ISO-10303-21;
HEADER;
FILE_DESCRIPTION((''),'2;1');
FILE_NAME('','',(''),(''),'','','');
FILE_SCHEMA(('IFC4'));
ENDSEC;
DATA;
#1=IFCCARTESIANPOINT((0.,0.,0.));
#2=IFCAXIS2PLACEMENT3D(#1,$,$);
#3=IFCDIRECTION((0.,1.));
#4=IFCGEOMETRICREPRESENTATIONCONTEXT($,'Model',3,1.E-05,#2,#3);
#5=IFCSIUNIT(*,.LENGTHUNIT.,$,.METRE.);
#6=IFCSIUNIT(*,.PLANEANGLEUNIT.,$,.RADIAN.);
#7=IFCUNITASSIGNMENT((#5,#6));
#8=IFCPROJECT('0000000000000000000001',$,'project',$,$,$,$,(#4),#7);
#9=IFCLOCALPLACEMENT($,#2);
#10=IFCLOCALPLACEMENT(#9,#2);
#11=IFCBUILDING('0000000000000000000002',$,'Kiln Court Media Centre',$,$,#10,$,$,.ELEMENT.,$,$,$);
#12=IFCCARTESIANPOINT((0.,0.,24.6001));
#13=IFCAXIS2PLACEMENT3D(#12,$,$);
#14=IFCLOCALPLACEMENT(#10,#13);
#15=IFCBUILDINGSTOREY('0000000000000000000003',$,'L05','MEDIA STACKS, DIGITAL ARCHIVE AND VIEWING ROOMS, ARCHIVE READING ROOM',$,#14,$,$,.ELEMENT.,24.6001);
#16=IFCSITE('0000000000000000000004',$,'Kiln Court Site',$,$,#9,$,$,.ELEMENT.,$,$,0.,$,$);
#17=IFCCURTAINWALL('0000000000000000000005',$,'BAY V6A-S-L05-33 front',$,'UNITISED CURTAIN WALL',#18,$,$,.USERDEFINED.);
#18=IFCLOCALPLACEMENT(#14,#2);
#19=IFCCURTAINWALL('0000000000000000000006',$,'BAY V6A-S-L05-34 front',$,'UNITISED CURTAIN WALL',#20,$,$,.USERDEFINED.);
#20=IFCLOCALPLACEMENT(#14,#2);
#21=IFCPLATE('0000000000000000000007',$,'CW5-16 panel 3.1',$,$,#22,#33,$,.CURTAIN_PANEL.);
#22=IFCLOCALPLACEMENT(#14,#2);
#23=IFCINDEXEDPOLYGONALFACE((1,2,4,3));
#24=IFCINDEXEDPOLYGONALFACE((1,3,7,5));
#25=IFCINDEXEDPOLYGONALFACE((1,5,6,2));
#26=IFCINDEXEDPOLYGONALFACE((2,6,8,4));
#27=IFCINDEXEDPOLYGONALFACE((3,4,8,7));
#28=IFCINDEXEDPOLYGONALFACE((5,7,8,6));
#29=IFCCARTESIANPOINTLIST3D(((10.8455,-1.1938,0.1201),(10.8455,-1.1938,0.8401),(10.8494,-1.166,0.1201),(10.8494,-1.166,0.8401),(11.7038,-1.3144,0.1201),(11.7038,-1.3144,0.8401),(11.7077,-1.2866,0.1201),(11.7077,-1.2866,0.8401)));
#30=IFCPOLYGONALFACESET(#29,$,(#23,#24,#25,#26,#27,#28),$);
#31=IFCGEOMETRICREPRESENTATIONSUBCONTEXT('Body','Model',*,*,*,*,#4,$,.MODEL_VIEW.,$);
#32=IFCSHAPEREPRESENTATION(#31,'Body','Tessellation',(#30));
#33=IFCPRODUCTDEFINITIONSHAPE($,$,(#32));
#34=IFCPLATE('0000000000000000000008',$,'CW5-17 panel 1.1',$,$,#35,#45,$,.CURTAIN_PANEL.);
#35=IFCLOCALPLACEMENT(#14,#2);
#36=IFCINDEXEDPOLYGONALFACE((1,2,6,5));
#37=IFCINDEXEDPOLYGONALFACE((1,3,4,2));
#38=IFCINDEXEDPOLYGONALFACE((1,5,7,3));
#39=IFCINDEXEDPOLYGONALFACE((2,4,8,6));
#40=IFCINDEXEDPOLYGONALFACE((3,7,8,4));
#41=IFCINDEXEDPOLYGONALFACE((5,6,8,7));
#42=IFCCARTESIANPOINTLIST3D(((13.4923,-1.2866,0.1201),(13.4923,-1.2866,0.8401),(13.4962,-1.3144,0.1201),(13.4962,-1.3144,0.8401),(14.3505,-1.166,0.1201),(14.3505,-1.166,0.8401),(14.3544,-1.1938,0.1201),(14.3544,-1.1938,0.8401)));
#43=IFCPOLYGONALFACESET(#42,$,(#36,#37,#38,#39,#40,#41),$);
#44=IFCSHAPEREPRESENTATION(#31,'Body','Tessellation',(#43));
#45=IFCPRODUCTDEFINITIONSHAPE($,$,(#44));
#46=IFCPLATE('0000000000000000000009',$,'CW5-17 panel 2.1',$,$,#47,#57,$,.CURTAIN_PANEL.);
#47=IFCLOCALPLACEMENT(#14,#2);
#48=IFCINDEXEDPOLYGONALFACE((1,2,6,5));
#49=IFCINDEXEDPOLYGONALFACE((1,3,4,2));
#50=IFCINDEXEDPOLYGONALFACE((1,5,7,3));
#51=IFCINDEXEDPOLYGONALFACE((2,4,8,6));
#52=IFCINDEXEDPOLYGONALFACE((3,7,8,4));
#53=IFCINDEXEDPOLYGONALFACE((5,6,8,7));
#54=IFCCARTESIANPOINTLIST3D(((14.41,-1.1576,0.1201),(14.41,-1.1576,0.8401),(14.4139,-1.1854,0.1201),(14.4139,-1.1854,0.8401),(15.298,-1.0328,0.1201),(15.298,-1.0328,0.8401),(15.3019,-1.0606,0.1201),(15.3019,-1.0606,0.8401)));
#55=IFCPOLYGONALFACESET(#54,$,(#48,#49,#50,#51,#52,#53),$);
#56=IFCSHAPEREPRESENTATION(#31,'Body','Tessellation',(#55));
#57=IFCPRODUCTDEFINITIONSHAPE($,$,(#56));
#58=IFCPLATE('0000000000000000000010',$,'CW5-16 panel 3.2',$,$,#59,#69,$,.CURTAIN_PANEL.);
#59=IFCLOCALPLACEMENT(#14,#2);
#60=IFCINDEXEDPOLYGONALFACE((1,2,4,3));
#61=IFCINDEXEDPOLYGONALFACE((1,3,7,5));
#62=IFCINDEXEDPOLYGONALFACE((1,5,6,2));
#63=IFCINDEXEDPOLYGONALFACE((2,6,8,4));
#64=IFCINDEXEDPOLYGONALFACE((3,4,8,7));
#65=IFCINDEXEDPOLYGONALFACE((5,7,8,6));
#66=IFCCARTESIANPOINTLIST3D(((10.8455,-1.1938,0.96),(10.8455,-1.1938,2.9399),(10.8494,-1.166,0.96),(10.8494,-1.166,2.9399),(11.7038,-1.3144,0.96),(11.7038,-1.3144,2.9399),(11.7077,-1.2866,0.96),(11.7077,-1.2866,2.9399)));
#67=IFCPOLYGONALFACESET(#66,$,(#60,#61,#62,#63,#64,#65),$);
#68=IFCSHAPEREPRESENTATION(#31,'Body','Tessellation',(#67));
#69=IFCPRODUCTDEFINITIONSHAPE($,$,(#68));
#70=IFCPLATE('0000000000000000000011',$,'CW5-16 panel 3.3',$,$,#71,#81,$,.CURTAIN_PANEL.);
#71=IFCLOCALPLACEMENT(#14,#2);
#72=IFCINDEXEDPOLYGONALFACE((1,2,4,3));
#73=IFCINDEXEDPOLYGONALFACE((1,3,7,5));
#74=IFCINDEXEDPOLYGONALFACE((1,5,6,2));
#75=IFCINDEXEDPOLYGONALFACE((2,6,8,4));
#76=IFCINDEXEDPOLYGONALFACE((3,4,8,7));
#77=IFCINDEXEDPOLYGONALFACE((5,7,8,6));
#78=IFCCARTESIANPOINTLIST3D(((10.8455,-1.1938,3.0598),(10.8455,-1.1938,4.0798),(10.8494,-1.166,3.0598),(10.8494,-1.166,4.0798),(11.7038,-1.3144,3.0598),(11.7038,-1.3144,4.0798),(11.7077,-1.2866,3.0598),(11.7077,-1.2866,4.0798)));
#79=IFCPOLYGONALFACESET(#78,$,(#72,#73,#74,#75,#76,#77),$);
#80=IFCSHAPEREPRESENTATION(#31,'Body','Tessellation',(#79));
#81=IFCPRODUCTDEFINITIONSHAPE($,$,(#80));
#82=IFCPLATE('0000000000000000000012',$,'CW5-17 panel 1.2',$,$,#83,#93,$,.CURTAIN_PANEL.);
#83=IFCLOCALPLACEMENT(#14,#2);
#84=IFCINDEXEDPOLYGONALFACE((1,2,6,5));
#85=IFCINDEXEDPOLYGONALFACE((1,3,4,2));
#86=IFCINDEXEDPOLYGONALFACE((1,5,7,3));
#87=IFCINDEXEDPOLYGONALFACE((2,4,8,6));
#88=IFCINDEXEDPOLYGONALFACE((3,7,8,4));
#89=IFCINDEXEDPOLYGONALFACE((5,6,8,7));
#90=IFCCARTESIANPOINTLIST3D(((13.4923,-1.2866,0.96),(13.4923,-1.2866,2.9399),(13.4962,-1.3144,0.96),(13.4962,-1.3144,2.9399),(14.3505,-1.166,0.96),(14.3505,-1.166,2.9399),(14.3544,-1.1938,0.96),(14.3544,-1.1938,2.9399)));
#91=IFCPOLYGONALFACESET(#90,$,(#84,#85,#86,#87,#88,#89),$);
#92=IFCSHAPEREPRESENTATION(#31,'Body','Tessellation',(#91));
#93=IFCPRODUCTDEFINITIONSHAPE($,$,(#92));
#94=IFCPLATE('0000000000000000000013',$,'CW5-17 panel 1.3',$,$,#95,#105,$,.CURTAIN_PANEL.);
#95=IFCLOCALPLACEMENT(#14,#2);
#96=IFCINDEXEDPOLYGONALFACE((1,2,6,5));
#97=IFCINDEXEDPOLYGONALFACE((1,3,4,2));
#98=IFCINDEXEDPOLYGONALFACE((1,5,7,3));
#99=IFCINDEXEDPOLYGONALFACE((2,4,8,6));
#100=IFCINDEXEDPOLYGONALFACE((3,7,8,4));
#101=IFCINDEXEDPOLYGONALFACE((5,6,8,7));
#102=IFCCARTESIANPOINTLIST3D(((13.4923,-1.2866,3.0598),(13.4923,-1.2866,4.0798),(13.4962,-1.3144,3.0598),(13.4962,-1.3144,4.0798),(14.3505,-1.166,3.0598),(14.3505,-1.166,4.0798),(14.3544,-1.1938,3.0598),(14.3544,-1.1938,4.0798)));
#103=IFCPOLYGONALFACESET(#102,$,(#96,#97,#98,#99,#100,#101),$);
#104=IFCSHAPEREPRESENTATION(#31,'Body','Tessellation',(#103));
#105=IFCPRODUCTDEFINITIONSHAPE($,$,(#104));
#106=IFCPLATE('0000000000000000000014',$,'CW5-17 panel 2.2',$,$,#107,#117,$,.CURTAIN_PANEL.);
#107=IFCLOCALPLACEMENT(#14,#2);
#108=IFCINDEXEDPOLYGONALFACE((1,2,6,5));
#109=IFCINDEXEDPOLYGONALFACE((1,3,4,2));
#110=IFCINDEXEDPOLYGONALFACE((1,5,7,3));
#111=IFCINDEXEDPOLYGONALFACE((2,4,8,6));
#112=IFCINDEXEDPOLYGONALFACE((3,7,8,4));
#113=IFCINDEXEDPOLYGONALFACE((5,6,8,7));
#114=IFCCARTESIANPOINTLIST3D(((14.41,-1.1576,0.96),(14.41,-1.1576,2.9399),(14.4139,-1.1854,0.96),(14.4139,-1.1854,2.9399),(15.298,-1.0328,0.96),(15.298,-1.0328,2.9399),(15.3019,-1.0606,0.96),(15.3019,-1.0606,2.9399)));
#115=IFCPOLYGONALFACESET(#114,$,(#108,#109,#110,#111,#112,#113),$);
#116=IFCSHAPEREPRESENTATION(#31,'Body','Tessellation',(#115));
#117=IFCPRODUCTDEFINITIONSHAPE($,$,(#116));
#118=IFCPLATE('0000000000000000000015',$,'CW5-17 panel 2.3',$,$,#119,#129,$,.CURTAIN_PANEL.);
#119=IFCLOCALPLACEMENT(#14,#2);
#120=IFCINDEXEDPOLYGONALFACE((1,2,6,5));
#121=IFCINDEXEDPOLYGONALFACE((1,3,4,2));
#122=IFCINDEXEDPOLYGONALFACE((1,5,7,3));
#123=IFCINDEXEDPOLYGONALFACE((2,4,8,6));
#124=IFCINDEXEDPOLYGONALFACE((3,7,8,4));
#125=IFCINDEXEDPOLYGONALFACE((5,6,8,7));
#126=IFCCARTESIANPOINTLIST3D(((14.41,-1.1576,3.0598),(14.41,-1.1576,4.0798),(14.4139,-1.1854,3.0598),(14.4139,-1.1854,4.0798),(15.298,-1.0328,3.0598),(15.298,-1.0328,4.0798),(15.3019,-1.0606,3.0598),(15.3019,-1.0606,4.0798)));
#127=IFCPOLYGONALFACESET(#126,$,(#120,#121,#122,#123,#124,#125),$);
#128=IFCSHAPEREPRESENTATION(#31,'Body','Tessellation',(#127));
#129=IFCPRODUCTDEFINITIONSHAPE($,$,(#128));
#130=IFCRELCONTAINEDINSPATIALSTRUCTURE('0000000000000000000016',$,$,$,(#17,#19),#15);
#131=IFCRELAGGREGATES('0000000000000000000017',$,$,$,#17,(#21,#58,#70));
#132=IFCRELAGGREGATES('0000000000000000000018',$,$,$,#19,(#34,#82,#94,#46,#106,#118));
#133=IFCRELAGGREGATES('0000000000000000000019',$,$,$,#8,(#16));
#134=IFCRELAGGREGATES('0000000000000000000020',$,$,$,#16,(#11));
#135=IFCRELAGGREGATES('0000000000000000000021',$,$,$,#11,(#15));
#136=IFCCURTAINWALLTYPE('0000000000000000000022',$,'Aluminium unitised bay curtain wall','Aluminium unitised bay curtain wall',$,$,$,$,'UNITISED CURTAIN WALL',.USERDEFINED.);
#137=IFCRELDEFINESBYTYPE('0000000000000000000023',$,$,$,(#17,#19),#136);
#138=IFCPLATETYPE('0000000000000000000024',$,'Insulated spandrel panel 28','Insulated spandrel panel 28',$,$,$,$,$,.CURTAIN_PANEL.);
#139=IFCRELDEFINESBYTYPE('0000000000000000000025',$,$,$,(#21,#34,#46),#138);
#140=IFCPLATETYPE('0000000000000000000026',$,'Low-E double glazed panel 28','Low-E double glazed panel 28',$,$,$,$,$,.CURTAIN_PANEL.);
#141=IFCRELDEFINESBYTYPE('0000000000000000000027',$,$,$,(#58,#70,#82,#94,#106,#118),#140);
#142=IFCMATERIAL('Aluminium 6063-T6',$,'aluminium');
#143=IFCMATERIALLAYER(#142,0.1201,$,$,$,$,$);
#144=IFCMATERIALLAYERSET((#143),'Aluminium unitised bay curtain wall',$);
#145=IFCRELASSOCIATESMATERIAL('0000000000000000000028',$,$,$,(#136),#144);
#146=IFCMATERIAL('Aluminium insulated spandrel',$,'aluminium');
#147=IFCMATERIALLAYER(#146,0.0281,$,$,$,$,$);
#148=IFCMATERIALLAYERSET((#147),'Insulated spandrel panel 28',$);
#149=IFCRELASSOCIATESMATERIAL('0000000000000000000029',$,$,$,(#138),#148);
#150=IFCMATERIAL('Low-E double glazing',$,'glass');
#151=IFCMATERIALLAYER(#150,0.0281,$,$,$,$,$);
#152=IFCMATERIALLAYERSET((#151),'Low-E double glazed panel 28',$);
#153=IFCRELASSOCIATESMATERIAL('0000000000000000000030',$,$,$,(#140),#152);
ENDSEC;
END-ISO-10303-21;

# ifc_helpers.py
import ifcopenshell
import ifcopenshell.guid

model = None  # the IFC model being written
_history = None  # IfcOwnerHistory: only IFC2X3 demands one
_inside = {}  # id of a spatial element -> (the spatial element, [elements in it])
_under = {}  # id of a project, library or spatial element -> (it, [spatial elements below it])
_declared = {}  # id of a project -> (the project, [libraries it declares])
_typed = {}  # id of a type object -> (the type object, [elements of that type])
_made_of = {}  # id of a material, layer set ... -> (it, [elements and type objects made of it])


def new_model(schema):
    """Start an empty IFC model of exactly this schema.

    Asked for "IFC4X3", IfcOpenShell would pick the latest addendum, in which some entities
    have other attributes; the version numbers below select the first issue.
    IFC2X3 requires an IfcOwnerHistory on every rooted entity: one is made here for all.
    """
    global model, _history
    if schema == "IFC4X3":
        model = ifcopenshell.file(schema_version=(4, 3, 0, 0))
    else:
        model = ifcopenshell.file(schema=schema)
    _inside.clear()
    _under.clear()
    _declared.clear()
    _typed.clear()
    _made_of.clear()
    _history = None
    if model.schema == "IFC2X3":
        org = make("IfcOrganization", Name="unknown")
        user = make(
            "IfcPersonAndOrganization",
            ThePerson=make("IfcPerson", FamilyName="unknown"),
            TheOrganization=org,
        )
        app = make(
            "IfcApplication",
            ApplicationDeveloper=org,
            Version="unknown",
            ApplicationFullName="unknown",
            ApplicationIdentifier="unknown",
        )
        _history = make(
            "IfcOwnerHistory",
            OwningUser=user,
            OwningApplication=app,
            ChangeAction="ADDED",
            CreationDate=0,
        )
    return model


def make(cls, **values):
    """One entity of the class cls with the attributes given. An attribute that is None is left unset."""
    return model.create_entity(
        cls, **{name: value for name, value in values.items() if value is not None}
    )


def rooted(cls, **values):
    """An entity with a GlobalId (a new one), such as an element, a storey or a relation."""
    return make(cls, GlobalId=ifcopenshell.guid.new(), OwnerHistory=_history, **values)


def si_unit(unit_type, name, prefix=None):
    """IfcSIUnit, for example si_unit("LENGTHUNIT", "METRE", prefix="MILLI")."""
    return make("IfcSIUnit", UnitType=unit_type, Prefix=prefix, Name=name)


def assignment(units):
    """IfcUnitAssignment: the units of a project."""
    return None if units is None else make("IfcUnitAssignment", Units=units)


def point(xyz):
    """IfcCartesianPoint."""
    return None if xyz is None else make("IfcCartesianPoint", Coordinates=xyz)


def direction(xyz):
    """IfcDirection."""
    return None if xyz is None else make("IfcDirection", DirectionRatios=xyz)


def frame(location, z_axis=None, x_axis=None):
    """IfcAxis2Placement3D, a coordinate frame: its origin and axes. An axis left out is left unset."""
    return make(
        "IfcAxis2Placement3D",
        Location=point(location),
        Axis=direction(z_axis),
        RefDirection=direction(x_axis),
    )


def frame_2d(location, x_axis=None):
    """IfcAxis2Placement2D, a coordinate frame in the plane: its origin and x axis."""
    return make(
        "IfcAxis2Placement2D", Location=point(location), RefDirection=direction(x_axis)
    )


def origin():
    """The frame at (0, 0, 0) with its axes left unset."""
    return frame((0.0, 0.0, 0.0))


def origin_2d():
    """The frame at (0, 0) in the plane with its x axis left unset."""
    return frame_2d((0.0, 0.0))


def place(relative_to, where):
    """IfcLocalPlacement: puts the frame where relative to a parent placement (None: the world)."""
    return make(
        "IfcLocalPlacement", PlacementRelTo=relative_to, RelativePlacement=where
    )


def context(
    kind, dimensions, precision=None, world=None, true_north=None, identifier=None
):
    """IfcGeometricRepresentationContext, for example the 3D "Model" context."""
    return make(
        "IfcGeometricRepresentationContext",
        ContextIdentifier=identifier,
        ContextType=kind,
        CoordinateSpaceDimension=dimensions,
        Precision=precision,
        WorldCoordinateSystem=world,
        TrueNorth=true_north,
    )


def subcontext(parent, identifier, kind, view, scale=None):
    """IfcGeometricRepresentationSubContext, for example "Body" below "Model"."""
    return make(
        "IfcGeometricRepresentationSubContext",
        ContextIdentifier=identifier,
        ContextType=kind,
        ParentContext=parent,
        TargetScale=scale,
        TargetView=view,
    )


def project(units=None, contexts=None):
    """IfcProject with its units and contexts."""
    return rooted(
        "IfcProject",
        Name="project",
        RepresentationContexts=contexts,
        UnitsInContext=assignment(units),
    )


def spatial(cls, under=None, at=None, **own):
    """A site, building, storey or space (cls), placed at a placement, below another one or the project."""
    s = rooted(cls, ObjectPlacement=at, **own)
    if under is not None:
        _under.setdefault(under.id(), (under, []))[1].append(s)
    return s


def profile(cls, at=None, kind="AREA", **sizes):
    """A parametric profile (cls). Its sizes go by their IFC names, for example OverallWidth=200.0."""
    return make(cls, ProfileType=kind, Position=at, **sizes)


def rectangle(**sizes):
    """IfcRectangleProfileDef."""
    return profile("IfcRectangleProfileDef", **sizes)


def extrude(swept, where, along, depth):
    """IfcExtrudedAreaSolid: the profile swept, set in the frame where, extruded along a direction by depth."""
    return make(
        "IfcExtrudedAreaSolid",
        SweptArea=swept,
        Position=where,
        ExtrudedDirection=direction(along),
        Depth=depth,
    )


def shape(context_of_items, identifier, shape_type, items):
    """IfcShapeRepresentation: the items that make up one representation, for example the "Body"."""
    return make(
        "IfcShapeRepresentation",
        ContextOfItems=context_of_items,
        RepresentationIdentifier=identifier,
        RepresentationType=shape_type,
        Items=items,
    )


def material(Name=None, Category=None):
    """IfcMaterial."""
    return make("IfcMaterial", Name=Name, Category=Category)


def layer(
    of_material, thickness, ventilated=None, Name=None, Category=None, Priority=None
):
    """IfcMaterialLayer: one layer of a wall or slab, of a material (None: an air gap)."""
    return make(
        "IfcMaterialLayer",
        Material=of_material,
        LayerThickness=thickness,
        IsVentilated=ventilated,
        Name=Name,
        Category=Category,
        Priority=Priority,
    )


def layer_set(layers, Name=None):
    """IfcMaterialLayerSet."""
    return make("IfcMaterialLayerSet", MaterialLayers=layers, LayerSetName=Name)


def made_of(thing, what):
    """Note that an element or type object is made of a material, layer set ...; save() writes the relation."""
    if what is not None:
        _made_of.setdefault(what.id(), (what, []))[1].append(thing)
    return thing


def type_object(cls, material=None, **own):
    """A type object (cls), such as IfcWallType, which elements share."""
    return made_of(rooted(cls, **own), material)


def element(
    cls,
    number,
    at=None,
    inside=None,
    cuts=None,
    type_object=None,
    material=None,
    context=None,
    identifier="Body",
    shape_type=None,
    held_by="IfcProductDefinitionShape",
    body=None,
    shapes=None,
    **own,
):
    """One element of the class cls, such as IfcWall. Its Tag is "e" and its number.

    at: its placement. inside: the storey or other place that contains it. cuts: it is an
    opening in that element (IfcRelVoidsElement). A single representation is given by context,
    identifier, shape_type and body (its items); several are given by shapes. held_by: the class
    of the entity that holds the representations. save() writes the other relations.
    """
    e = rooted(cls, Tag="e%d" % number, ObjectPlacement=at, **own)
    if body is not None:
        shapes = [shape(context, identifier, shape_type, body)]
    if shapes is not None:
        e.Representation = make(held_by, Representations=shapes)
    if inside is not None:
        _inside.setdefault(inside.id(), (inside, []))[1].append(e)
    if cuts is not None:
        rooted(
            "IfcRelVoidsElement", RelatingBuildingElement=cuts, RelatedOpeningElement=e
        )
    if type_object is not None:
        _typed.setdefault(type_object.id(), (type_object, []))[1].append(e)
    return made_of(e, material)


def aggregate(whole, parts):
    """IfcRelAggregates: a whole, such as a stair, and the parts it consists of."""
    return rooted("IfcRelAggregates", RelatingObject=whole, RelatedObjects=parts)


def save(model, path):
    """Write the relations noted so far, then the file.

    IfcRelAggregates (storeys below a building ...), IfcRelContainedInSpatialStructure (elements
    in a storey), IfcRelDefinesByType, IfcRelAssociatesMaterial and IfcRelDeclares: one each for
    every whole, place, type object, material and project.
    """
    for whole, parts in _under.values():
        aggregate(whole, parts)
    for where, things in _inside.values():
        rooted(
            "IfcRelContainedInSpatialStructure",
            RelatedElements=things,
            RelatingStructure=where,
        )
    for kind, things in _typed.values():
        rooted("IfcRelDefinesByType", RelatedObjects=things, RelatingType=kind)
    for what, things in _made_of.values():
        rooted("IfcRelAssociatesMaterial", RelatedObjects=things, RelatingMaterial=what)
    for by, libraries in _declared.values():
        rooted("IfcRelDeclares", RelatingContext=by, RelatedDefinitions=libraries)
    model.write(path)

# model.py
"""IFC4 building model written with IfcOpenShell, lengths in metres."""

from ifc_helpers import new_model, si_unit, direction, frame, origin, origin_2d, place, context, subcontext, project, spatial, rectangle, extrude, material, layer, layer_set, type_object, element, aggregate, save


model = new_model("IFC4")

# Units and contexts
model_context = context("Model", 3, precision=1e-05, world=origin(), true_north=direction((0.0, 1.0)))
body_context = subcontext(model_context, "Body", "Model", "MODEL_VIEW")
ifc_project = project(units=[si_unit("LENGTHUNIT", "METRE"), si_unit("PLANEANGLEUNIT", "RADIAN")], contexts=[model_context])

# Site, building, storey
site_placement = place(None, origin())
site = spatial("IfcSite", under=ifc_project, at=site_placement, Name="Kiln Court Site", CompositionType="ELEMENT", RefElevation=0.0)
building_placement = place(site_placement, origin())
building = spatial("IfcBuilding", under=site, at=building_placement, Name="Kiln Court Media Centre", CompositionType="ELEMENT")
storey_placement = place(building_placement, frame((0.0, 0.0, 24.6001)))
storey = spatial("IfcBuildingStorey", under=building, at=storey_placement, Name="L05", Description="MEDIA STACKS, DIGITAL ARCHIVE AND VIEWING ROOMS, ARCHIVE READING ROOM", CompositionType="ELEMENT", Elevation=24.6001)

# Curtain wall
ifc_material_1 = material(Name="Aluminium 6063-T6", Category="aluminium")
ifc_layer_1 = layer(ifc_material_1, 0.1201)
ifc_layer_set_1 = layer_set([ifc_layer_1], Name="Aluminium unitised bay curtain wall")
curtain_wall_type = type_object("IfcCurtainWallType", Name="Aluminium unitised bay curtain wall", Description="Aluminium unitised bay curtain wall", ElementType="UNITISED CURTAIN WALL", PredefinedType="USERDEFINED", material=ifc_layer_set_1)
curtain_wall_1_placement = place(storey_placement, origin())
curtain_wall_1 = element("IfcCurtainWall", 1, at=curtain_wall_1_placement, inside=storey, type_object=curtain_wall_type, Name="BAY V6A-S-L05-33 front", ObjectType="UNITISED CURTAIN WALL", PredefinedType="USERDEFINED")

# Curtain wall
curtain_wall_2_placement = place(storey_placement, origin())
curtain_wall_2 = element("IfcCurtainWall", 2, at=curtain_wall_2_placement, inside=storey, type_object=curtain_wall_type, Name="BAY V6A-S-L05-34 front", ObjectType="UNITISED CURTAIN WALL", PredefinedType="USERDEFINED")

# Plates
ifc_material_2 = material(Name="Aluminium insulated spandrel", Category="aluminium")
ifc_layer_2 = layer(ifc_material_2, 0.0281)
ifc_layer_set_2 = layer_set([ifc_layer_2], Name="Insulated spandrel panel 28")
plate_type_1 = type_object("IfcPlateType", Name="Insulated spandrel panel 28", Description="Insulated spandrel panel 28", PredefinedType="CURTAIN_PANEL", material=ifc_layer_set_2)
plate_1_placement = place(storey_placement, frame((11.2766, -1.2402, 0.1201), z_axis=(0.0, 0.0, 1.0), x_axis=(0.99027, -0.139162, 0.0)))
plate_1 = element("IfcPlate", 3, at=plate_1_placement, type_object=plate_type_1, Name="CW5-16 panel 3.1", PredefinedType="CURTAIN_PANEL", context=body_context, shape_type="SweptSolid", body=[
    extrude(rectangle(XDim=0.8667, YDim=0.0281, at=origin_2d()), origin(), (0.0, 0.0, 1.0), 0.72),
])
plate_2_placement = place(storey_placement, frame((13.9233, -1.2402, 0.1201), z_axis=(0.0, 0.0, 1.0), x_axis=(0.99027, 0.139162, 0.0)))
plate_2 = element("IfcPlate", 4, at=plate_2_placement, type_object=plate_type_1, Name="CW5-17 panel 1.1", PredefinedType="CURTAIN_PANEL", context=body_context, shape_type="SweptSolid", body=[
    extrude(rectangle(XDim=0.8667, YDim=0.0281, at=origin_2d()), origin(), (0.0, 0.0, 1.0), 0.72),
])
plate_3_placement = place(storey_placement, frame((14.856, -1.1091, 0.1201), z_axis=(0.0, 0.0, 1.0), x_axis=(0.99027, 0.139162, 0.0)))
plate_3 = element("IfcPlate", 5, at=plate_3_placement, type_object=plate_type_1, Name="CW5-17 panel 2.1", PredefinedType="CURTAIN_PANEL", context=body_context, shape_type="SweptSolid", body=[
    extrude(rectangle(XDim=0.8967, YDim=0.0281, at=origin_2d()), origin(), (0.0, 0.0, 1.0), 0.72),
])
ifc_material_3 = material(Name="Low-E double glazing", Category="glass")
ifc_layer_3 = layer(ifc_material_3, 0.0281)
ifc_layer_set_3 = layer_set([ifc_layer_3], Name="Low-E double glazed panel 28")
plate_type_2 = type_object("IfcPlateType", Name="Low-E double glazed panel 28", Description="Low-E double glazed panel 28", PredefinedType="CURTAIN_PANEL", material=ifc_layer_set_3)
plate_4_placement = place(storey_placement, frame((11.2766, -1.2402, 0.96), z_axis=(0.0, 0.0, 1.0), x_axis=(0.99027, -0.139162, 0.0)))
plate_4 = element("IfcPlate", 6, at=plate_4_placement, type_object=plate_type_2, Name="CW5-16 panel 3.2", PredefinedType="CURTAIN_PANEL", context=body_context, shape_type="SweptSolid", body=[
    extrude(rectangle(XDim=0.8667, YDim=0.0281, at=origin_2d()), origin(), (0.0, 0.0, 1.0), 1.98),
])
plate_5_placement = place(storey_placement, frame((11.2766, -1.2402, 3.0598), z_axis=(0.0, 0.0, 1.0), x_axis=(0.99027, -0.139162, 0.0)))
plate_5 = element("IfcPlate", 7, at=plate_5_placement, type_object=plate_type_2, Name="CW5-16 panel 3.3", PredefinedType="CURTAIN_PANEL", context=body_context, shape_type="SweptSolid", body=[
    extrude(rectangle(XDim=0.8667, YDim=0.0281, at=origin_2d()), origin(), (0.0, 0.0, 1.0), 1.02),
])
aggregate(curtain_wall_1, [plate_1, plate_4, plate_5])
plate_6_placement = place(storey_placement, frame((13.9233, -1.2402, 0.96), z_axis=(0.0, 0.0, 1.0), x_axis=(0.99027, 0.139162, 0.0)))
plate_6 = element("IfcPlate", 8, at=plate_6_placement, type_object=plate_type_2, Name="CW5-17 panel 1.2", PredefinedType="CURTAIN_PANEL", context=body_context, shape_type="SweptSolid", body=[
    extrude(rectangle(XDim=0.8667, YDim=0.0281, at=origin_2d()), origin(), (0.0, 0.0, 1.0), 1.98),
])
plate_7_placement = place(storey_placement, frame((13.9233, -1.2402, 3.0598), z_axis=(0.0, 0.0, 1.0), x_axis=(0.99027, 0.139162, 0.0)))
plate_7 = element("IfcPlate", 9, at=plate_7_placement, type_object=plate_type_2, Name="CW5-17 panel 1.3", PredefinedType="CURTAIN_PANEL", context=body_context, shape_type="SweptSolid", body=[
    extrude(rectangle(XDim=0.8667, YDim=0.0281, at=origin_2d()), origin(), (0.0, 0.0, 1.0), 1.02),
])
plate_8_placement = place(storey_placement, frame((14.856, -1.1091, 0.96), z_axis=(0.0, 0.0, 1.0), x_axis=(0.99027, 0.139162, 0.0)))
plate_8 = element("IfcPlate", 10, at=plate_8_placement, type_object=plate_type_2, Name="CW5-17 panel 2.2", PredefinedType="CURTAIN_PANEL", context=body_context, shape_type="SweptSolid", body=[
    extrude(rectangle(XDim=0.8967, YDim=0.0281, at=origin_2d()), origin(), (0.0, 0.0, 1.0), 1.98),
])
plate_9_placement = place(storey_placement, frame((14.856, -1.1091, 3.0598), z_axis=(0.0, 0.0, 1.0), x_axis=(0.99027, 0.139162, 0.0)))
plate_9 = element("IfcPlate", 11, at=plate_9_placement, type_object=plate_type_2, Name="CW5-17 panel 2.3", PredefinedType="CURTAIN_PANEL", context=body_context, shape_type="SweptSolid", body=[
    extrude(rectangle(XDim=0.8967, YDim=0.0281, at=origin_2d()), origin(), (0.0, 0.0, 1.0), 1.02),
])
aggregate(curtain_wall_2, [plate_2, plate_6, plate_7, plate_3, plate_8, plate_9])

save(model, "model.ifc")
